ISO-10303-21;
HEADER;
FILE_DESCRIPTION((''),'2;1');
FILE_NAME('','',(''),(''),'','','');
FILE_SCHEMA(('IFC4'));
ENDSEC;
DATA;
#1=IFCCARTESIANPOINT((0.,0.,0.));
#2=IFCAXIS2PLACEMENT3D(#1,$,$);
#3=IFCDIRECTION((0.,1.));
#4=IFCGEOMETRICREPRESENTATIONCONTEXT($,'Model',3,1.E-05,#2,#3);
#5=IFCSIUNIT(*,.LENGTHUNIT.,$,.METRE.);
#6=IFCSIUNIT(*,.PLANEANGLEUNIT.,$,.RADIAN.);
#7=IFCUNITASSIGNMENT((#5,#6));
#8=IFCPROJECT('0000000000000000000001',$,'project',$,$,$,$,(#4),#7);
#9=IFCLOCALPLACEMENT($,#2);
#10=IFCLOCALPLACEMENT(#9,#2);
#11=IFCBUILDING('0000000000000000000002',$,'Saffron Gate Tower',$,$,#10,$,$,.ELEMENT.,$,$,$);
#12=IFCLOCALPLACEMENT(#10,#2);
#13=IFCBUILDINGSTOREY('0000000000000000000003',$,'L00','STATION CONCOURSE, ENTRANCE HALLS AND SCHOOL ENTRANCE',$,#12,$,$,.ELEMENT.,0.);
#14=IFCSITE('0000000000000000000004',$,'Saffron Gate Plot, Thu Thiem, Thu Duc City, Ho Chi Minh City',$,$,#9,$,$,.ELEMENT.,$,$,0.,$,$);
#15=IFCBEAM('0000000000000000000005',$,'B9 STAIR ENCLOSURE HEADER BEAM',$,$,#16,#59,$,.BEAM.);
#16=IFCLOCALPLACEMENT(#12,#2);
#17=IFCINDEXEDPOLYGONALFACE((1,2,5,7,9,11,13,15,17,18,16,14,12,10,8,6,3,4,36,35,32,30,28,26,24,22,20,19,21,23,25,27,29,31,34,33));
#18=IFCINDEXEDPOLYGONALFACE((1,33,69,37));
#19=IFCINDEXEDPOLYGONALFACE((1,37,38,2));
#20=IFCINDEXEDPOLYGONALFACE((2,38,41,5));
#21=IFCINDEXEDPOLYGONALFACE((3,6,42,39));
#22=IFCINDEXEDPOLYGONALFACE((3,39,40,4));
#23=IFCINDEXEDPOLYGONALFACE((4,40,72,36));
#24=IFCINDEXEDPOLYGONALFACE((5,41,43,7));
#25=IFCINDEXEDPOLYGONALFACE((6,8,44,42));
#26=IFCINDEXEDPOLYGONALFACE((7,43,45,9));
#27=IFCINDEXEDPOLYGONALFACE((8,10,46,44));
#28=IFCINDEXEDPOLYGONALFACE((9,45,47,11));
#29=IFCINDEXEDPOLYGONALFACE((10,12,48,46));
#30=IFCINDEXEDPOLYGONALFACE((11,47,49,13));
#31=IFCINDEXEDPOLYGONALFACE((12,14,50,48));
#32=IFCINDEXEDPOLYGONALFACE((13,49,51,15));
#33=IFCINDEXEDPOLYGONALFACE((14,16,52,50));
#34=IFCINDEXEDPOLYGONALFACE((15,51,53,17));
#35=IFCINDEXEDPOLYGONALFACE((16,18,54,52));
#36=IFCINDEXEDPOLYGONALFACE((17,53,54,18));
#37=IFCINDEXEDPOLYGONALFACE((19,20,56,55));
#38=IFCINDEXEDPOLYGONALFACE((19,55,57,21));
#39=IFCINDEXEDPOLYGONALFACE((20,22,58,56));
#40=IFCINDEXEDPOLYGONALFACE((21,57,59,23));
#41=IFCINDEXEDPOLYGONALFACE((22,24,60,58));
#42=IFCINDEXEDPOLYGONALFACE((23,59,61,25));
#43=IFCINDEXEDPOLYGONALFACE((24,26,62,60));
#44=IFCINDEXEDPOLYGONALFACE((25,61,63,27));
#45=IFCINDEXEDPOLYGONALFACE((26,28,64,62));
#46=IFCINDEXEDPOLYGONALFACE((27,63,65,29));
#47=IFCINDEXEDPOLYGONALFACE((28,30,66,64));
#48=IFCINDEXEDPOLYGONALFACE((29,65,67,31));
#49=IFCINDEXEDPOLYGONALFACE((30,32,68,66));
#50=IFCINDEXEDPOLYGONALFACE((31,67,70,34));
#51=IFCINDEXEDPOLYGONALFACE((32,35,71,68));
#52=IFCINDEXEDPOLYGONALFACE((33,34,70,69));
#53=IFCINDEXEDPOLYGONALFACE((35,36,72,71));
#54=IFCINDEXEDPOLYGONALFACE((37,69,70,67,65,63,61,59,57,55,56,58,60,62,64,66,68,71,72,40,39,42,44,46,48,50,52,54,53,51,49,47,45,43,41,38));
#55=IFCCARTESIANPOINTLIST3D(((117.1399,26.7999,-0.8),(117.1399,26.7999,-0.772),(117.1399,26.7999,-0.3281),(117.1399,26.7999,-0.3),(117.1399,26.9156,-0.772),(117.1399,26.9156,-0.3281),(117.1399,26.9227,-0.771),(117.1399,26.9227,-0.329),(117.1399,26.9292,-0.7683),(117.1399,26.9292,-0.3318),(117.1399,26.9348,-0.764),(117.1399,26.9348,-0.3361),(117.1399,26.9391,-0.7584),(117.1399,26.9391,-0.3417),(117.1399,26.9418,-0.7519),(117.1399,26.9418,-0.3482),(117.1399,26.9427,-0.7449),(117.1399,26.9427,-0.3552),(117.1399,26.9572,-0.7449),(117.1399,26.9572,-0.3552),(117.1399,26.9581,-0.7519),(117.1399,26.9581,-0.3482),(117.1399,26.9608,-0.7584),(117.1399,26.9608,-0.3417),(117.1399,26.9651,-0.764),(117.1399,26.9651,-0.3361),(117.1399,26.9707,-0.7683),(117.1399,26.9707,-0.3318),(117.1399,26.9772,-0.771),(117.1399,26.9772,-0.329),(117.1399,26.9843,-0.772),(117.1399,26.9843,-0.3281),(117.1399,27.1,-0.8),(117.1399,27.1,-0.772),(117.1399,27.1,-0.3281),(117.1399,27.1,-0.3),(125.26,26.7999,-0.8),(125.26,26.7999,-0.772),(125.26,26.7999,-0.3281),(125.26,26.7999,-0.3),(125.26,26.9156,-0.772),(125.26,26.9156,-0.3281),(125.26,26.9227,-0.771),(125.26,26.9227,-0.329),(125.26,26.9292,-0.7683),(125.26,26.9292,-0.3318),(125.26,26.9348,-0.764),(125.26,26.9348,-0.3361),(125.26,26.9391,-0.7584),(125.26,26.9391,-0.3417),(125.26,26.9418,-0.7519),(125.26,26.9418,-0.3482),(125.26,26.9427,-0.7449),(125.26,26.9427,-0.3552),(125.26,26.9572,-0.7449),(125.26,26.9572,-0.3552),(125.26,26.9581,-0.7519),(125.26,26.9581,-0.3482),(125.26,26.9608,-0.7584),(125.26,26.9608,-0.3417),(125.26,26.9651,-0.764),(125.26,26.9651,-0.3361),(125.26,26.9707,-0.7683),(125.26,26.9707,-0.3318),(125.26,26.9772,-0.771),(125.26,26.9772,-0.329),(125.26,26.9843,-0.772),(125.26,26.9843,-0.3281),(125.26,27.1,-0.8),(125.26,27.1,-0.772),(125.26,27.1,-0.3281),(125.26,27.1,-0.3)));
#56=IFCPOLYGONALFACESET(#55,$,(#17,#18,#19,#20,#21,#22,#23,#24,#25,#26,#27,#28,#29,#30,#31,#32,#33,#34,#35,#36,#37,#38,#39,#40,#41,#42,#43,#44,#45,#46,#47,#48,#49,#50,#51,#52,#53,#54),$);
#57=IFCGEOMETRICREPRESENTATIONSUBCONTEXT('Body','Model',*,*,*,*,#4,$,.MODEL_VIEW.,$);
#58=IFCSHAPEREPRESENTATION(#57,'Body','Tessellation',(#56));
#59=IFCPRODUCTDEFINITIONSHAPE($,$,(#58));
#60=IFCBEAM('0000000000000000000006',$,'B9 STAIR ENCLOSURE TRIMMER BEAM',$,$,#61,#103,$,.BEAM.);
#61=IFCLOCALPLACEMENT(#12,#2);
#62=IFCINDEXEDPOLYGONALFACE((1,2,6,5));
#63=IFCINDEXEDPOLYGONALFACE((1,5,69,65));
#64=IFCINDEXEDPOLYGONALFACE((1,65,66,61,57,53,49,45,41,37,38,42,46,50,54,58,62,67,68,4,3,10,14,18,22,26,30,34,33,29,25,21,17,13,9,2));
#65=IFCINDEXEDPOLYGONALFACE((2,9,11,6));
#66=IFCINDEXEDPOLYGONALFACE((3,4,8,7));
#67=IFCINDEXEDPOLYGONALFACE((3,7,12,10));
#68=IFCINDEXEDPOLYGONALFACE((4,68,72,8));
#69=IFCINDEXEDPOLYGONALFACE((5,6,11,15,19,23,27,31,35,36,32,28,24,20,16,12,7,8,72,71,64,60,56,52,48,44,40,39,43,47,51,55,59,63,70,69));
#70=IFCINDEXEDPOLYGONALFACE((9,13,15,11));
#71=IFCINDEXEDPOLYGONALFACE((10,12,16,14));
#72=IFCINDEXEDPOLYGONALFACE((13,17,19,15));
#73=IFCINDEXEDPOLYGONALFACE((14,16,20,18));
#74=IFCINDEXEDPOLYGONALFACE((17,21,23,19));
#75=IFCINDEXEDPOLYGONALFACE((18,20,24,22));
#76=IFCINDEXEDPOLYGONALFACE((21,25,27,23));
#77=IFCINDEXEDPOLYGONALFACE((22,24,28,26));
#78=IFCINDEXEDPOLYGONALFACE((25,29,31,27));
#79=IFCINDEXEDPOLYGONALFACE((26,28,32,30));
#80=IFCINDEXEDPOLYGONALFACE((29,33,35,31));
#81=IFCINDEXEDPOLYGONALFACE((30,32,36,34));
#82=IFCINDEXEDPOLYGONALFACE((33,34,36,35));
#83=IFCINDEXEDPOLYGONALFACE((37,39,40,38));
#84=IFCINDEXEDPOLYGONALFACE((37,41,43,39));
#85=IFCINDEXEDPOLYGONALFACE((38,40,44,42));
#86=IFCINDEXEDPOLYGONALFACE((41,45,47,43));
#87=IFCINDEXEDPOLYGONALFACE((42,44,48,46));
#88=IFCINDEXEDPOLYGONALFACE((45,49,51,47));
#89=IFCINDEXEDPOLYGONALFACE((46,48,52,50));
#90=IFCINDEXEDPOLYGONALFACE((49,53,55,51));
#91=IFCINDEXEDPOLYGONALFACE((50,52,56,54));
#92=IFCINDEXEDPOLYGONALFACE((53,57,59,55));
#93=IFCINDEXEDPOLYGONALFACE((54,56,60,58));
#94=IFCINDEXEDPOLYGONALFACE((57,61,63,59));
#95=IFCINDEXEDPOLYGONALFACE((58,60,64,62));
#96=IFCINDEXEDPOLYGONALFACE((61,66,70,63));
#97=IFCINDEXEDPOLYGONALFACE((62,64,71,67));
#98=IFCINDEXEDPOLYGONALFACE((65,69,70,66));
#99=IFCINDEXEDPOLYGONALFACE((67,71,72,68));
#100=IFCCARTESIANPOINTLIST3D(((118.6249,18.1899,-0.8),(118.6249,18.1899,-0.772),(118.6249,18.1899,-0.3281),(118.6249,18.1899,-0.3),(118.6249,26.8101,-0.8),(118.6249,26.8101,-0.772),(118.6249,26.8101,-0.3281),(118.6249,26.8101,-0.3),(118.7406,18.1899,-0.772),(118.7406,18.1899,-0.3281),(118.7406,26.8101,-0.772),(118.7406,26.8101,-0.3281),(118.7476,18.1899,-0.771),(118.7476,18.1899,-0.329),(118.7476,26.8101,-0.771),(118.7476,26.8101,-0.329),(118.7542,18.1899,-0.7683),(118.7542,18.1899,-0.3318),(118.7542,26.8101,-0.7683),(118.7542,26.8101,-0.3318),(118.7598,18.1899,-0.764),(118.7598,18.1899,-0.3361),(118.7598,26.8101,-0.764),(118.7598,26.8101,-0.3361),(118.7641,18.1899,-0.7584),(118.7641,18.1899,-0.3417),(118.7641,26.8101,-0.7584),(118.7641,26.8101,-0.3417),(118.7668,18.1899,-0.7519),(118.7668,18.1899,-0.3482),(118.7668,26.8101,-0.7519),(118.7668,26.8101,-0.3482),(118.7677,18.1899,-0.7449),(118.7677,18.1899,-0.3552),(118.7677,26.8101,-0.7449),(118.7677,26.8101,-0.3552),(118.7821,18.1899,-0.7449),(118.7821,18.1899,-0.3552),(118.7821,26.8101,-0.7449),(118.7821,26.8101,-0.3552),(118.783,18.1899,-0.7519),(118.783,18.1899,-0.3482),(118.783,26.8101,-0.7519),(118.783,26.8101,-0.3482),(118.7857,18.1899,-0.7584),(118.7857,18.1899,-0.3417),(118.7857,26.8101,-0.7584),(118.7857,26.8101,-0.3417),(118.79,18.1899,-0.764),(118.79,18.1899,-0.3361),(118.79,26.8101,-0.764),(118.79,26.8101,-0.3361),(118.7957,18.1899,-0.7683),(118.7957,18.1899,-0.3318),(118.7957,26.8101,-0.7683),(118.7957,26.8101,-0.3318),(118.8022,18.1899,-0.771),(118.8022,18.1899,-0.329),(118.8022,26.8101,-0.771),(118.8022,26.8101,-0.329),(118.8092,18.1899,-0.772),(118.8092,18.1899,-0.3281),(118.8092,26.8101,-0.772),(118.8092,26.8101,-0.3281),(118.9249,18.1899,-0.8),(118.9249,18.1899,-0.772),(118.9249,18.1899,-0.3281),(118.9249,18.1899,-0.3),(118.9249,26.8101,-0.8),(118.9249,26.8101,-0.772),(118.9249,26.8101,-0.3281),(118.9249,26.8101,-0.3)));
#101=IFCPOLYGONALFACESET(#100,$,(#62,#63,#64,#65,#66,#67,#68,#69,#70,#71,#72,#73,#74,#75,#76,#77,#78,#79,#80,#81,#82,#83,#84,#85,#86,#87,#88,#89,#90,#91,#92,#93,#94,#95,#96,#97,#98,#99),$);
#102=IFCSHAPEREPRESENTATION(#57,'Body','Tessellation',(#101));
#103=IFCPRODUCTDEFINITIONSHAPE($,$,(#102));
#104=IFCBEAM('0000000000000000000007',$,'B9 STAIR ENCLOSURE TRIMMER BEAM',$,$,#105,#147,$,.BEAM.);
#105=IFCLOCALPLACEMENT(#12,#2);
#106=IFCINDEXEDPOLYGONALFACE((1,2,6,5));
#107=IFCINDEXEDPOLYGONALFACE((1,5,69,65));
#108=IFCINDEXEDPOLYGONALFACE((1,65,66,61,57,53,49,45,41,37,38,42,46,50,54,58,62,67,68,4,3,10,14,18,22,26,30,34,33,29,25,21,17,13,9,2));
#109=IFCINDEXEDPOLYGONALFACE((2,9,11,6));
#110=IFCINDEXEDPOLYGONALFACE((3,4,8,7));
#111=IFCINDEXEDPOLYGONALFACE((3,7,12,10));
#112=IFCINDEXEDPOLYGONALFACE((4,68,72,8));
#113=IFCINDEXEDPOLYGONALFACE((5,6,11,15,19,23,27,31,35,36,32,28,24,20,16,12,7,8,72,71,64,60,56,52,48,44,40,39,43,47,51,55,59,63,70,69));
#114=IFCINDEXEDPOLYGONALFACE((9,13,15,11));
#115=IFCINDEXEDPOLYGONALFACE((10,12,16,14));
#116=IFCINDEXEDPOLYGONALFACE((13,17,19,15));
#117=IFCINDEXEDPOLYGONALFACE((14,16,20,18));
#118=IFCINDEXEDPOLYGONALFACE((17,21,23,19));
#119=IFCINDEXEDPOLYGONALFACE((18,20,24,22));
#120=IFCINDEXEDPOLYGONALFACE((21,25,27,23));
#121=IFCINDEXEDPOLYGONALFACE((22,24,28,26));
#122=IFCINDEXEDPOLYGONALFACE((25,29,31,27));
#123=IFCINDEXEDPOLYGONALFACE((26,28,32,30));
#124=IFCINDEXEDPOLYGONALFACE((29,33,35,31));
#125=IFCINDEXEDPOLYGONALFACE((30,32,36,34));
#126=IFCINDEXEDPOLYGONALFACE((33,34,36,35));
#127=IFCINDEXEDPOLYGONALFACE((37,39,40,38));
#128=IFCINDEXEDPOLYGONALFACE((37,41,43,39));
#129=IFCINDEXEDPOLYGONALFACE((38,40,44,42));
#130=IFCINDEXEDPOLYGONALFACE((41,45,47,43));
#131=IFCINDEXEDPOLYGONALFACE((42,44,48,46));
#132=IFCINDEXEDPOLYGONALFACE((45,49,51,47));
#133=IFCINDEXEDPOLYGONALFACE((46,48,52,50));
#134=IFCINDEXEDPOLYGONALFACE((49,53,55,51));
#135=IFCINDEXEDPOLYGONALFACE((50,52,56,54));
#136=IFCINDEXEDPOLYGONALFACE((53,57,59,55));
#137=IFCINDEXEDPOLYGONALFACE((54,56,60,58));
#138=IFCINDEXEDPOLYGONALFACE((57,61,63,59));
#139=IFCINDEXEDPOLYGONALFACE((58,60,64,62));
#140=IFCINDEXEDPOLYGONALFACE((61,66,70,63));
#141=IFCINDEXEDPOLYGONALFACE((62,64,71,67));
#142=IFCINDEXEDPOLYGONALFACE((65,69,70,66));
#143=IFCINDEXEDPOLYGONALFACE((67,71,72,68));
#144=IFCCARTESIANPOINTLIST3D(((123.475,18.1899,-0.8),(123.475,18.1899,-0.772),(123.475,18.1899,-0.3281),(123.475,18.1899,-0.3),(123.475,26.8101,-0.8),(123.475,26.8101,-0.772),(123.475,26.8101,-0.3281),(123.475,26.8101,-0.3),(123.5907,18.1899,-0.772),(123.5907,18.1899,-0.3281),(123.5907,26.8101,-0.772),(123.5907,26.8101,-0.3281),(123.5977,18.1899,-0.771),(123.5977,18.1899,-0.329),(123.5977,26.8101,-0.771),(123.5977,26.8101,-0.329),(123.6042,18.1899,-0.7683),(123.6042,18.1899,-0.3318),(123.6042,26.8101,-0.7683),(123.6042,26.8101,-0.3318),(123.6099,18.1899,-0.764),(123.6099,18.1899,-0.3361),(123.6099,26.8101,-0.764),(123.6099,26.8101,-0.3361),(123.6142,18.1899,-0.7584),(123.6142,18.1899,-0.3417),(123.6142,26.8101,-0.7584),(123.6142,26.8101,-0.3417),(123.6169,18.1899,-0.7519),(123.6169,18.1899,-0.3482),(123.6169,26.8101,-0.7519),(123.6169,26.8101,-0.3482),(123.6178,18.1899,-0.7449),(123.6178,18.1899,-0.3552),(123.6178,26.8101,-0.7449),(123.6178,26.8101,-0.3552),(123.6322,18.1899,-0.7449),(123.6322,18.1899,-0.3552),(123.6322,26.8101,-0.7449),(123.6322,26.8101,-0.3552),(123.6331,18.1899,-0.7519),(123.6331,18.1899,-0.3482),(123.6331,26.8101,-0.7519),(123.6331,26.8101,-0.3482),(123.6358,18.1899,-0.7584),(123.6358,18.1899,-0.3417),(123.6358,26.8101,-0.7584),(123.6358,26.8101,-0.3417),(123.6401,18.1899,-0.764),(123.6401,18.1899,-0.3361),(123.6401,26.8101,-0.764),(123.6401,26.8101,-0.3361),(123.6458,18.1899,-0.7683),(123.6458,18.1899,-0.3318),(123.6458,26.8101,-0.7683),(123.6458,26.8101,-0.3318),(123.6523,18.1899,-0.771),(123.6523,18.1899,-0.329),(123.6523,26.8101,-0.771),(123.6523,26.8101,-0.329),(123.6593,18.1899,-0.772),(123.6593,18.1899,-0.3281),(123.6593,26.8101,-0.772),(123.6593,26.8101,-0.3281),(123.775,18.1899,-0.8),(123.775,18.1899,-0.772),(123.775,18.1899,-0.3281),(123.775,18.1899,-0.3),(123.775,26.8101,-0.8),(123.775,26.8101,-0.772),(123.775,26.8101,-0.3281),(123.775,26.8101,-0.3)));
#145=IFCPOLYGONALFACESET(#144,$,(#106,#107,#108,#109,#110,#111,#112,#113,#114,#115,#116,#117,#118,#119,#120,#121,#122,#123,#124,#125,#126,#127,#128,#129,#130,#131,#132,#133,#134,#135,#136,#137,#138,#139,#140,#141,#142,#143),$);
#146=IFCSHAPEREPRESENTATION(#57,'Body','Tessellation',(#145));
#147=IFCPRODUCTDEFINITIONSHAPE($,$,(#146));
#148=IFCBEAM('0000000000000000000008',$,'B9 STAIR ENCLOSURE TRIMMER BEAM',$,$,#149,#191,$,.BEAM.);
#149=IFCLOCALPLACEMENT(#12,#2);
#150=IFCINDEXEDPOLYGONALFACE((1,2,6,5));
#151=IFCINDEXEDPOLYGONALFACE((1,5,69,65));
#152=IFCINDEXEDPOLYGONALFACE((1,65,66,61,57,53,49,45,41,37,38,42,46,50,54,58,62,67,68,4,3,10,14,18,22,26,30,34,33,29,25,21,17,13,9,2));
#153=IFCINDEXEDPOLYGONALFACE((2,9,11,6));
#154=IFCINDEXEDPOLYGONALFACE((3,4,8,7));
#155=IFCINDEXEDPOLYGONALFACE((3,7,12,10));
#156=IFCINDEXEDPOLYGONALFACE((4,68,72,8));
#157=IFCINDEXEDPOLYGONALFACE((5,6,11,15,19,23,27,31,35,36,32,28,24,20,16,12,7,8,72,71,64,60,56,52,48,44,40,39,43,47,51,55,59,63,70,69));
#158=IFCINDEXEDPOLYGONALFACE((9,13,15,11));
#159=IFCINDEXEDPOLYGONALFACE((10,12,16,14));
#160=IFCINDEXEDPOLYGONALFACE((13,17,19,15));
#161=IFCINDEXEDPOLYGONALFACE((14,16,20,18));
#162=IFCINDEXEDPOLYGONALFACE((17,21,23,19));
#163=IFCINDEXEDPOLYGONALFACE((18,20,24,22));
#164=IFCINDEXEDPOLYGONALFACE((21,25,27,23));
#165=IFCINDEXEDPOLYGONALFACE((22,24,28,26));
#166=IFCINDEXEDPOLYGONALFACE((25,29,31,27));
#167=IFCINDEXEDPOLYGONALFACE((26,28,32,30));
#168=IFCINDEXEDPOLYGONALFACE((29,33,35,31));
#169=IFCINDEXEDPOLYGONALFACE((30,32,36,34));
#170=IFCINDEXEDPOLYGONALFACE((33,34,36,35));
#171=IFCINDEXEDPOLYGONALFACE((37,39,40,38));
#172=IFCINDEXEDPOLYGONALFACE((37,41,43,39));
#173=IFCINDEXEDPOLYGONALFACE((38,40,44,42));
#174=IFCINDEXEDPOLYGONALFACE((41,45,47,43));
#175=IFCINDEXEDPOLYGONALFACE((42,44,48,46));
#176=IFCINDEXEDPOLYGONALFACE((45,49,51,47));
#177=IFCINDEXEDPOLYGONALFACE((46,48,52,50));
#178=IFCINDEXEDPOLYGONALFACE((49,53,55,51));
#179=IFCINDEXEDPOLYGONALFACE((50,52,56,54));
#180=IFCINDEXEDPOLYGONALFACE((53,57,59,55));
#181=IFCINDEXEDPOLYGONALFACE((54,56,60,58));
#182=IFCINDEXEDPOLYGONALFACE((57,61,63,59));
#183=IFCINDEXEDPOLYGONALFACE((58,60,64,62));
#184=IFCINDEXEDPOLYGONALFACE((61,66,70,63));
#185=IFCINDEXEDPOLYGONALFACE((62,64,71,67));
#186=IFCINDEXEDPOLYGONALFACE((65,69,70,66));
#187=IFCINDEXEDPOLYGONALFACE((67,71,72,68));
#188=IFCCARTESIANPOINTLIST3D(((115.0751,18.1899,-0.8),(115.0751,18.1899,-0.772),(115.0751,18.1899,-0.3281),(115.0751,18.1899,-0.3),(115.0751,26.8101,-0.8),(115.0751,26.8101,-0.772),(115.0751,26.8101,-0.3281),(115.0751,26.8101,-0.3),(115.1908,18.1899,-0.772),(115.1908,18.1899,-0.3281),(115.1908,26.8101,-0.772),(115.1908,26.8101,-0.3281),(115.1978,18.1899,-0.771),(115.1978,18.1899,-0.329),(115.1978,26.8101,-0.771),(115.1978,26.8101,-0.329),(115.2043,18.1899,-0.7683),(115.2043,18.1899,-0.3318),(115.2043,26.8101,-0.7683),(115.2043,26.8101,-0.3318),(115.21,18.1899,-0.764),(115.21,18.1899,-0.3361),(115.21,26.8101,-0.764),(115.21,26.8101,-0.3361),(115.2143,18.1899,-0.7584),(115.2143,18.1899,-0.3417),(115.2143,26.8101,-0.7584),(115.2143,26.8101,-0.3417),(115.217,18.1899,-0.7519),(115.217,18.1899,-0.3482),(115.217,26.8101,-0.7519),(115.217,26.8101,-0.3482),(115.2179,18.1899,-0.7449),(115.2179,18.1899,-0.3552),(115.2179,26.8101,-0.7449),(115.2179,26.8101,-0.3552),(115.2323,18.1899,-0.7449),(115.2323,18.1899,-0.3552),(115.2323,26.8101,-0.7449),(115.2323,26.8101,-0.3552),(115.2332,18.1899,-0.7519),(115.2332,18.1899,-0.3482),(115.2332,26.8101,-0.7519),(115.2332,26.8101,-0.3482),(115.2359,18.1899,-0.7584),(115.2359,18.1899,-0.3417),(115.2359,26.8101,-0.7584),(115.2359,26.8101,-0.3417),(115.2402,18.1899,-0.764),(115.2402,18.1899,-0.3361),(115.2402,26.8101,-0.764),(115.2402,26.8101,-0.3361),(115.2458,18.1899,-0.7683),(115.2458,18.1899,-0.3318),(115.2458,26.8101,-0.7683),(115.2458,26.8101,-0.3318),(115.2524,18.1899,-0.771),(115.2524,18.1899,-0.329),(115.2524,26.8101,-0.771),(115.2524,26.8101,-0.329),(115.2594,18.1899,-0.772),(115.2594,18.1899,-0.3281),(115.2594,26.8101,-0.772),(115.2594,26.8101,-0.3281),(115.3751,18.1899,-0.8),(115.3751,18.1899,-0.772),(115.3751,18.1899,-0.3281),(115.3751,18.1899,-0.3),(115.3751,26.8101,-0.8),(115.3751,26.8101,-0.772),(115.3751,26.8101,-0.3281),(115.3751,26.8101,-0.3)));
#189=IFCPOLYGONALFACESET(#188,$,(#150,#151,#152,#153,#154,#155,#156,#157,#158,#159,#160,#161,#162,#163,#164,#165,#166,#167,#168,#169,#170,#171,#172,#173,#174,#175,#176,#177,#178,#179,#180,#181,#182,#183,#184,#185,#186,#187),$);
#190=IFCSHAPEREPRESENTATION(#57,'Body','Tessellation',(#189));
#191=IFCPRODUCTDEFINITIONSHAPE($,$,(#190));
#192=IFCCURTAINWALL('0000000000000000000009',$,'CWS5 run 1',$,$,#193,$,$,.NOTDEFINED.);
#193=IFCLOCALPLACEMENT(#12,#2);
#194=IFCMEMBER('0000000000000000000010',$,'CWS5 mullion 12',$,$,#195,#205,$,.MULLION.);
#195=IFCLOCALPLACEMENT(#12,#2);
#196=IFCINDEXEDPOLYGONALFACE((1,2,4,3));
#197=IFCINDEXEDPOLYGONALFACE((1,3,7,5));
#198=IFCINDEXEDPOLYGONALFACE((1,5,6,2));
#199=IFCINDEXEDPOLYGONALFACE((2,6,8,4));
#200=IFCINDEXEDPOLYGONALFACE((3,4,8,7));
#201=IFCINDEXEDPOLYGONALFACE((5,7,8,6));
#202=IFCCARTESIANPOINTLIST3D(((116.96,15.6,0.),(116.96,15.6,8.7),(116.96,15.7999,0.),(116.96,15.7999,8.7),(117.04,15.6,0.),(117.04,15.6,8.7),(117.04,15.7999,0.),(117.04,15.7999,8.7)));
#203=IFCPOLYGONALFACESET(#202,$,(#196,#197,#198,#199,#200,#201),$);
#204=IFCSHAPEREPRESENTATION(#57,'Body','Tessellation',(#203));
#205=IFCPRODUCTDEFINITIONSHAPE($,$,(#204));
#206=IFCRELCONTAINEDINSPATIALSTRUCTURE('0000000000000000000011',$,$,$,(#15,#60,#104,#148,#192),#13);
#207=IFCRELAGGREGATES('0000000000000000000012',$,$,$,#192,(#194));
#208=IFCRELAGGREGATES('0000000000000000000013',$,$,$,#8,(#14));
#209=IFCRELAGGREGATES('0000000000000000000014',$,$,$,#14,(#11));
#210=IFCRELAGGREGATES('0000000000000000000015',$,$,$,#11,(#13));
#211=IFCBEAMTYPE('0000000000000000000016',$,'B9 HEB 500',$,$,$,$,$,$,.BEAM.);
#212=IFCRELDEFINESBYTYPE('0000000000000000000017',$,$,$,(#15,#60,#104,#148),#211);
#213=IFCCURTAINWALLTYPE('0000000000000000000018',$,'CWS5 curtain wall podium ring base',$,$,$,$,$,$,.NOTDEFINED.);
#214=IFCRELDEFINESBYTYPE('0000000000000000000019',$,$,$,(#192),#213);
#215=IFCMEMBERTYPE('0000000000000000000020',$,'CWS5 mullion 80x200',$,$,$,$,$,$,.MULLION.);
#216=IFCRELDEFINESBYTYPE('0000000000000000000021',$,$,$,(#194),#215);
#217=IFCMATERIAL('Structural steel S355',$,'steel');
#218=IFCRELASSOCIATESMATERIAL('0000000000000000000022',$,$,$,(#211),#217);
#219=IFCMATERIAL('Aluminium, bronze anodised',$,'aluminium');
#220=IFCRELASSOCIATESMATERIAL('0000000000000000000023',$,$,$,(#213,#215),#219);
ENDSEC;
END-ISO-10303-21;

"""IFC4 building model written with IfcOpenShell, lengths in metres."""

from ifc_helpers import new_model, si_unit, direction, frame, origin, origin_2d, place, context, subcontext, project, spatial, rectangle, i_section, extrude, material, material_profile, profile_set, type_object, element, aggregate, save


model = new_model("IFC4")

# Units and contexts
model_context = context("Model", 3, precision=1e-05, world=origin(), true_north=direction((0.0, 1.0)))
body_context = subcontext(model_context, "Body", "Model", "MODEL_VIEW")
ifc_project = project(units=[si_unit("LENGTHUNIT", "METRE"), si_unit("PLANEANGLEUNIT", "RADIAN")], contexts=[model_context])

# Site, building, storey
site_placement = place(None, origin())
site = spatial("IfcSite", under=ifc_project, at=site_placement, Name="Saffron Gate Plot, Thu Thiem, Thu Duc City, Ho Chi Minh City", CompositionType="ELEMENT", RefElevation=0.0)
building_placement = place(site_placement, origin())
building = spatial("IfcBuilding", under=site, at=building_placement, Name="Saffron Gate Tower", CompositionType="ELEMENT")
storey_placement = place(building_placement, origin())
storey = spatial("IfcBuildingStorey", under=building, at=storey_placement, Name="L00", Description="STATION CONCOURSE, ENTRANCE HALLS AND SCHOOL ENTRANCE", CompositionType="ELEMENT", Elevation=0.0)

# Beams
ifc_material_1 = material(Name="Structural steel S355", Category="steel")
ifc_material_profile_1 = material_profile(ifc_material_1, i_section(OverallWidth=0.3, OverallDepth=0.5, WebThickness=0.0144, FlangeThickness=0.0281, FilletRadius=0.0271, at=origin_2d()))
ifc_profile_set_1 = profile_set([ifc_material_profile_1], Name="Structural steel S355")
beam_type_1 = type_object("IfcBeamType", Name="B9 HEB 500", PredefinedType="BEAM", material=ifc_profile_set_1)
for number, where, z_axis, x_axis, name in (
    (1, (117.1399, 26.95, -0.55), (1.0, 0.0, 0.0), (0.0, 1.0, 0.0), "B9 STAIR ENCLOSURE HEADER BEAM"),
):
    element("IfcBeam", number, at=place(storey_placement, frame(where, z_axis=z_axis, x_axis=x_axis)), inside=storey, type_object=beam_type_1, Name=name, PredefinedType="BEAM", context=body_context, shape_type="SweptSolid", body=[
        extrude(i_section(OverallWidth=0.3, OverallDepth=0.5, WebThickness=0.0144, FlangeThickness=0.0281, FilletRadius=0.0271, at=origin_2d()), origin(), (0.0, 0.0, 1.0), 8.1201),
    ])
for number, where, z_axis, x_axis, name in (
    (2, (118.7749, 18.1899, -0.55), (0.0, 1.0, 0.0), (-1.0, 0.0, 0.0), "B9 STAIR ENCLOSURE TRIMMER BEAM"),
    (3, (123.625, 18.1899, -0.55), (0.0, 1.0, 0.0), (-1.0, 0.0, 0.0), "B9 STAIR ENCLOSURE TRIMMER BEAM"),
    (4, (115.2251, 18.1899, -0.55), (0.0, 1.0, 0.0), (-1.0, 0.0, 0.0), "B9 STAIR ENCLOSURE TRIMMER BEAM"),
):
    element("IfcBeam", number, at=place(storey_placement, frame(where, z_axis=z_axis, x_axis=x_axis)), inside=storey, type_object=beam_type_1, Name=name, PredefinedType="BEAM", context=body_context, shape_type="SweptSolid", body=[
        extrude(i_section(OverallWidth=0.3, OverallDepth=0.5, WebThickness=0.0144, FlangeThickness=0.0281, FilletRadius=0.0271, at=origin_2d()), origin(), (0.0, 0.0, 1.0), 8.6201),
    ])

# Curtain wall, member
ifc_material_2 = material(Name="Aluminium, bronze anodised", Category="aluminium")
curtain_wall_type = type_object("IfcCurtainWallType", Name="CWS5 curtain wall podium ring base", PredefinedType="NOTDEFINED", material=ifc_material_2)
curtain_wall_placement = place(storey_placement, origin())
curtain_wall = element("IfcCurtainWall", 5, at=curtain_wall_placement, inside=storey, type_object=curtain_wall_type, Name="CWS5 run 1", PredefinedType="NOTDEFINED")
ifc_material_profile_2 = material_profile(ifc_material_2, rectangle(XDim=0.2, YDim=0.0801, at=origin_2d()))
ifc_profile_set_2 = profile_set([ifc_material_profile_2], Name="Aluminium, bronze anodised")
member_type = type_object("IfcMemberType", Name="CWS5 mullion 80x200", PredefinedType="MULLION", material=ifc_profile_set_2)
member_placement = place(storey_placement, frame((117.0, 15.7, 0.0), z_axis=(0.0, 0.0, 1.0), x_axis=(0.0, 1.0, 0.0)))
member = element("IfcMember", 6, at=member_placement, type_object=member_type, Name="CWS5 mullion 12", PredefinedType="MULLION", context=body_context, shape_type="SweptSolid", body=[
    extrude(rectangle(XDim=0.2, YDim=0.0801, at=origin_2d()), origin(), (0.0, 0.0, 1.0), 8.7),
])
aggregate(curtain_wall, [member])

save(model, "model.ifc")
